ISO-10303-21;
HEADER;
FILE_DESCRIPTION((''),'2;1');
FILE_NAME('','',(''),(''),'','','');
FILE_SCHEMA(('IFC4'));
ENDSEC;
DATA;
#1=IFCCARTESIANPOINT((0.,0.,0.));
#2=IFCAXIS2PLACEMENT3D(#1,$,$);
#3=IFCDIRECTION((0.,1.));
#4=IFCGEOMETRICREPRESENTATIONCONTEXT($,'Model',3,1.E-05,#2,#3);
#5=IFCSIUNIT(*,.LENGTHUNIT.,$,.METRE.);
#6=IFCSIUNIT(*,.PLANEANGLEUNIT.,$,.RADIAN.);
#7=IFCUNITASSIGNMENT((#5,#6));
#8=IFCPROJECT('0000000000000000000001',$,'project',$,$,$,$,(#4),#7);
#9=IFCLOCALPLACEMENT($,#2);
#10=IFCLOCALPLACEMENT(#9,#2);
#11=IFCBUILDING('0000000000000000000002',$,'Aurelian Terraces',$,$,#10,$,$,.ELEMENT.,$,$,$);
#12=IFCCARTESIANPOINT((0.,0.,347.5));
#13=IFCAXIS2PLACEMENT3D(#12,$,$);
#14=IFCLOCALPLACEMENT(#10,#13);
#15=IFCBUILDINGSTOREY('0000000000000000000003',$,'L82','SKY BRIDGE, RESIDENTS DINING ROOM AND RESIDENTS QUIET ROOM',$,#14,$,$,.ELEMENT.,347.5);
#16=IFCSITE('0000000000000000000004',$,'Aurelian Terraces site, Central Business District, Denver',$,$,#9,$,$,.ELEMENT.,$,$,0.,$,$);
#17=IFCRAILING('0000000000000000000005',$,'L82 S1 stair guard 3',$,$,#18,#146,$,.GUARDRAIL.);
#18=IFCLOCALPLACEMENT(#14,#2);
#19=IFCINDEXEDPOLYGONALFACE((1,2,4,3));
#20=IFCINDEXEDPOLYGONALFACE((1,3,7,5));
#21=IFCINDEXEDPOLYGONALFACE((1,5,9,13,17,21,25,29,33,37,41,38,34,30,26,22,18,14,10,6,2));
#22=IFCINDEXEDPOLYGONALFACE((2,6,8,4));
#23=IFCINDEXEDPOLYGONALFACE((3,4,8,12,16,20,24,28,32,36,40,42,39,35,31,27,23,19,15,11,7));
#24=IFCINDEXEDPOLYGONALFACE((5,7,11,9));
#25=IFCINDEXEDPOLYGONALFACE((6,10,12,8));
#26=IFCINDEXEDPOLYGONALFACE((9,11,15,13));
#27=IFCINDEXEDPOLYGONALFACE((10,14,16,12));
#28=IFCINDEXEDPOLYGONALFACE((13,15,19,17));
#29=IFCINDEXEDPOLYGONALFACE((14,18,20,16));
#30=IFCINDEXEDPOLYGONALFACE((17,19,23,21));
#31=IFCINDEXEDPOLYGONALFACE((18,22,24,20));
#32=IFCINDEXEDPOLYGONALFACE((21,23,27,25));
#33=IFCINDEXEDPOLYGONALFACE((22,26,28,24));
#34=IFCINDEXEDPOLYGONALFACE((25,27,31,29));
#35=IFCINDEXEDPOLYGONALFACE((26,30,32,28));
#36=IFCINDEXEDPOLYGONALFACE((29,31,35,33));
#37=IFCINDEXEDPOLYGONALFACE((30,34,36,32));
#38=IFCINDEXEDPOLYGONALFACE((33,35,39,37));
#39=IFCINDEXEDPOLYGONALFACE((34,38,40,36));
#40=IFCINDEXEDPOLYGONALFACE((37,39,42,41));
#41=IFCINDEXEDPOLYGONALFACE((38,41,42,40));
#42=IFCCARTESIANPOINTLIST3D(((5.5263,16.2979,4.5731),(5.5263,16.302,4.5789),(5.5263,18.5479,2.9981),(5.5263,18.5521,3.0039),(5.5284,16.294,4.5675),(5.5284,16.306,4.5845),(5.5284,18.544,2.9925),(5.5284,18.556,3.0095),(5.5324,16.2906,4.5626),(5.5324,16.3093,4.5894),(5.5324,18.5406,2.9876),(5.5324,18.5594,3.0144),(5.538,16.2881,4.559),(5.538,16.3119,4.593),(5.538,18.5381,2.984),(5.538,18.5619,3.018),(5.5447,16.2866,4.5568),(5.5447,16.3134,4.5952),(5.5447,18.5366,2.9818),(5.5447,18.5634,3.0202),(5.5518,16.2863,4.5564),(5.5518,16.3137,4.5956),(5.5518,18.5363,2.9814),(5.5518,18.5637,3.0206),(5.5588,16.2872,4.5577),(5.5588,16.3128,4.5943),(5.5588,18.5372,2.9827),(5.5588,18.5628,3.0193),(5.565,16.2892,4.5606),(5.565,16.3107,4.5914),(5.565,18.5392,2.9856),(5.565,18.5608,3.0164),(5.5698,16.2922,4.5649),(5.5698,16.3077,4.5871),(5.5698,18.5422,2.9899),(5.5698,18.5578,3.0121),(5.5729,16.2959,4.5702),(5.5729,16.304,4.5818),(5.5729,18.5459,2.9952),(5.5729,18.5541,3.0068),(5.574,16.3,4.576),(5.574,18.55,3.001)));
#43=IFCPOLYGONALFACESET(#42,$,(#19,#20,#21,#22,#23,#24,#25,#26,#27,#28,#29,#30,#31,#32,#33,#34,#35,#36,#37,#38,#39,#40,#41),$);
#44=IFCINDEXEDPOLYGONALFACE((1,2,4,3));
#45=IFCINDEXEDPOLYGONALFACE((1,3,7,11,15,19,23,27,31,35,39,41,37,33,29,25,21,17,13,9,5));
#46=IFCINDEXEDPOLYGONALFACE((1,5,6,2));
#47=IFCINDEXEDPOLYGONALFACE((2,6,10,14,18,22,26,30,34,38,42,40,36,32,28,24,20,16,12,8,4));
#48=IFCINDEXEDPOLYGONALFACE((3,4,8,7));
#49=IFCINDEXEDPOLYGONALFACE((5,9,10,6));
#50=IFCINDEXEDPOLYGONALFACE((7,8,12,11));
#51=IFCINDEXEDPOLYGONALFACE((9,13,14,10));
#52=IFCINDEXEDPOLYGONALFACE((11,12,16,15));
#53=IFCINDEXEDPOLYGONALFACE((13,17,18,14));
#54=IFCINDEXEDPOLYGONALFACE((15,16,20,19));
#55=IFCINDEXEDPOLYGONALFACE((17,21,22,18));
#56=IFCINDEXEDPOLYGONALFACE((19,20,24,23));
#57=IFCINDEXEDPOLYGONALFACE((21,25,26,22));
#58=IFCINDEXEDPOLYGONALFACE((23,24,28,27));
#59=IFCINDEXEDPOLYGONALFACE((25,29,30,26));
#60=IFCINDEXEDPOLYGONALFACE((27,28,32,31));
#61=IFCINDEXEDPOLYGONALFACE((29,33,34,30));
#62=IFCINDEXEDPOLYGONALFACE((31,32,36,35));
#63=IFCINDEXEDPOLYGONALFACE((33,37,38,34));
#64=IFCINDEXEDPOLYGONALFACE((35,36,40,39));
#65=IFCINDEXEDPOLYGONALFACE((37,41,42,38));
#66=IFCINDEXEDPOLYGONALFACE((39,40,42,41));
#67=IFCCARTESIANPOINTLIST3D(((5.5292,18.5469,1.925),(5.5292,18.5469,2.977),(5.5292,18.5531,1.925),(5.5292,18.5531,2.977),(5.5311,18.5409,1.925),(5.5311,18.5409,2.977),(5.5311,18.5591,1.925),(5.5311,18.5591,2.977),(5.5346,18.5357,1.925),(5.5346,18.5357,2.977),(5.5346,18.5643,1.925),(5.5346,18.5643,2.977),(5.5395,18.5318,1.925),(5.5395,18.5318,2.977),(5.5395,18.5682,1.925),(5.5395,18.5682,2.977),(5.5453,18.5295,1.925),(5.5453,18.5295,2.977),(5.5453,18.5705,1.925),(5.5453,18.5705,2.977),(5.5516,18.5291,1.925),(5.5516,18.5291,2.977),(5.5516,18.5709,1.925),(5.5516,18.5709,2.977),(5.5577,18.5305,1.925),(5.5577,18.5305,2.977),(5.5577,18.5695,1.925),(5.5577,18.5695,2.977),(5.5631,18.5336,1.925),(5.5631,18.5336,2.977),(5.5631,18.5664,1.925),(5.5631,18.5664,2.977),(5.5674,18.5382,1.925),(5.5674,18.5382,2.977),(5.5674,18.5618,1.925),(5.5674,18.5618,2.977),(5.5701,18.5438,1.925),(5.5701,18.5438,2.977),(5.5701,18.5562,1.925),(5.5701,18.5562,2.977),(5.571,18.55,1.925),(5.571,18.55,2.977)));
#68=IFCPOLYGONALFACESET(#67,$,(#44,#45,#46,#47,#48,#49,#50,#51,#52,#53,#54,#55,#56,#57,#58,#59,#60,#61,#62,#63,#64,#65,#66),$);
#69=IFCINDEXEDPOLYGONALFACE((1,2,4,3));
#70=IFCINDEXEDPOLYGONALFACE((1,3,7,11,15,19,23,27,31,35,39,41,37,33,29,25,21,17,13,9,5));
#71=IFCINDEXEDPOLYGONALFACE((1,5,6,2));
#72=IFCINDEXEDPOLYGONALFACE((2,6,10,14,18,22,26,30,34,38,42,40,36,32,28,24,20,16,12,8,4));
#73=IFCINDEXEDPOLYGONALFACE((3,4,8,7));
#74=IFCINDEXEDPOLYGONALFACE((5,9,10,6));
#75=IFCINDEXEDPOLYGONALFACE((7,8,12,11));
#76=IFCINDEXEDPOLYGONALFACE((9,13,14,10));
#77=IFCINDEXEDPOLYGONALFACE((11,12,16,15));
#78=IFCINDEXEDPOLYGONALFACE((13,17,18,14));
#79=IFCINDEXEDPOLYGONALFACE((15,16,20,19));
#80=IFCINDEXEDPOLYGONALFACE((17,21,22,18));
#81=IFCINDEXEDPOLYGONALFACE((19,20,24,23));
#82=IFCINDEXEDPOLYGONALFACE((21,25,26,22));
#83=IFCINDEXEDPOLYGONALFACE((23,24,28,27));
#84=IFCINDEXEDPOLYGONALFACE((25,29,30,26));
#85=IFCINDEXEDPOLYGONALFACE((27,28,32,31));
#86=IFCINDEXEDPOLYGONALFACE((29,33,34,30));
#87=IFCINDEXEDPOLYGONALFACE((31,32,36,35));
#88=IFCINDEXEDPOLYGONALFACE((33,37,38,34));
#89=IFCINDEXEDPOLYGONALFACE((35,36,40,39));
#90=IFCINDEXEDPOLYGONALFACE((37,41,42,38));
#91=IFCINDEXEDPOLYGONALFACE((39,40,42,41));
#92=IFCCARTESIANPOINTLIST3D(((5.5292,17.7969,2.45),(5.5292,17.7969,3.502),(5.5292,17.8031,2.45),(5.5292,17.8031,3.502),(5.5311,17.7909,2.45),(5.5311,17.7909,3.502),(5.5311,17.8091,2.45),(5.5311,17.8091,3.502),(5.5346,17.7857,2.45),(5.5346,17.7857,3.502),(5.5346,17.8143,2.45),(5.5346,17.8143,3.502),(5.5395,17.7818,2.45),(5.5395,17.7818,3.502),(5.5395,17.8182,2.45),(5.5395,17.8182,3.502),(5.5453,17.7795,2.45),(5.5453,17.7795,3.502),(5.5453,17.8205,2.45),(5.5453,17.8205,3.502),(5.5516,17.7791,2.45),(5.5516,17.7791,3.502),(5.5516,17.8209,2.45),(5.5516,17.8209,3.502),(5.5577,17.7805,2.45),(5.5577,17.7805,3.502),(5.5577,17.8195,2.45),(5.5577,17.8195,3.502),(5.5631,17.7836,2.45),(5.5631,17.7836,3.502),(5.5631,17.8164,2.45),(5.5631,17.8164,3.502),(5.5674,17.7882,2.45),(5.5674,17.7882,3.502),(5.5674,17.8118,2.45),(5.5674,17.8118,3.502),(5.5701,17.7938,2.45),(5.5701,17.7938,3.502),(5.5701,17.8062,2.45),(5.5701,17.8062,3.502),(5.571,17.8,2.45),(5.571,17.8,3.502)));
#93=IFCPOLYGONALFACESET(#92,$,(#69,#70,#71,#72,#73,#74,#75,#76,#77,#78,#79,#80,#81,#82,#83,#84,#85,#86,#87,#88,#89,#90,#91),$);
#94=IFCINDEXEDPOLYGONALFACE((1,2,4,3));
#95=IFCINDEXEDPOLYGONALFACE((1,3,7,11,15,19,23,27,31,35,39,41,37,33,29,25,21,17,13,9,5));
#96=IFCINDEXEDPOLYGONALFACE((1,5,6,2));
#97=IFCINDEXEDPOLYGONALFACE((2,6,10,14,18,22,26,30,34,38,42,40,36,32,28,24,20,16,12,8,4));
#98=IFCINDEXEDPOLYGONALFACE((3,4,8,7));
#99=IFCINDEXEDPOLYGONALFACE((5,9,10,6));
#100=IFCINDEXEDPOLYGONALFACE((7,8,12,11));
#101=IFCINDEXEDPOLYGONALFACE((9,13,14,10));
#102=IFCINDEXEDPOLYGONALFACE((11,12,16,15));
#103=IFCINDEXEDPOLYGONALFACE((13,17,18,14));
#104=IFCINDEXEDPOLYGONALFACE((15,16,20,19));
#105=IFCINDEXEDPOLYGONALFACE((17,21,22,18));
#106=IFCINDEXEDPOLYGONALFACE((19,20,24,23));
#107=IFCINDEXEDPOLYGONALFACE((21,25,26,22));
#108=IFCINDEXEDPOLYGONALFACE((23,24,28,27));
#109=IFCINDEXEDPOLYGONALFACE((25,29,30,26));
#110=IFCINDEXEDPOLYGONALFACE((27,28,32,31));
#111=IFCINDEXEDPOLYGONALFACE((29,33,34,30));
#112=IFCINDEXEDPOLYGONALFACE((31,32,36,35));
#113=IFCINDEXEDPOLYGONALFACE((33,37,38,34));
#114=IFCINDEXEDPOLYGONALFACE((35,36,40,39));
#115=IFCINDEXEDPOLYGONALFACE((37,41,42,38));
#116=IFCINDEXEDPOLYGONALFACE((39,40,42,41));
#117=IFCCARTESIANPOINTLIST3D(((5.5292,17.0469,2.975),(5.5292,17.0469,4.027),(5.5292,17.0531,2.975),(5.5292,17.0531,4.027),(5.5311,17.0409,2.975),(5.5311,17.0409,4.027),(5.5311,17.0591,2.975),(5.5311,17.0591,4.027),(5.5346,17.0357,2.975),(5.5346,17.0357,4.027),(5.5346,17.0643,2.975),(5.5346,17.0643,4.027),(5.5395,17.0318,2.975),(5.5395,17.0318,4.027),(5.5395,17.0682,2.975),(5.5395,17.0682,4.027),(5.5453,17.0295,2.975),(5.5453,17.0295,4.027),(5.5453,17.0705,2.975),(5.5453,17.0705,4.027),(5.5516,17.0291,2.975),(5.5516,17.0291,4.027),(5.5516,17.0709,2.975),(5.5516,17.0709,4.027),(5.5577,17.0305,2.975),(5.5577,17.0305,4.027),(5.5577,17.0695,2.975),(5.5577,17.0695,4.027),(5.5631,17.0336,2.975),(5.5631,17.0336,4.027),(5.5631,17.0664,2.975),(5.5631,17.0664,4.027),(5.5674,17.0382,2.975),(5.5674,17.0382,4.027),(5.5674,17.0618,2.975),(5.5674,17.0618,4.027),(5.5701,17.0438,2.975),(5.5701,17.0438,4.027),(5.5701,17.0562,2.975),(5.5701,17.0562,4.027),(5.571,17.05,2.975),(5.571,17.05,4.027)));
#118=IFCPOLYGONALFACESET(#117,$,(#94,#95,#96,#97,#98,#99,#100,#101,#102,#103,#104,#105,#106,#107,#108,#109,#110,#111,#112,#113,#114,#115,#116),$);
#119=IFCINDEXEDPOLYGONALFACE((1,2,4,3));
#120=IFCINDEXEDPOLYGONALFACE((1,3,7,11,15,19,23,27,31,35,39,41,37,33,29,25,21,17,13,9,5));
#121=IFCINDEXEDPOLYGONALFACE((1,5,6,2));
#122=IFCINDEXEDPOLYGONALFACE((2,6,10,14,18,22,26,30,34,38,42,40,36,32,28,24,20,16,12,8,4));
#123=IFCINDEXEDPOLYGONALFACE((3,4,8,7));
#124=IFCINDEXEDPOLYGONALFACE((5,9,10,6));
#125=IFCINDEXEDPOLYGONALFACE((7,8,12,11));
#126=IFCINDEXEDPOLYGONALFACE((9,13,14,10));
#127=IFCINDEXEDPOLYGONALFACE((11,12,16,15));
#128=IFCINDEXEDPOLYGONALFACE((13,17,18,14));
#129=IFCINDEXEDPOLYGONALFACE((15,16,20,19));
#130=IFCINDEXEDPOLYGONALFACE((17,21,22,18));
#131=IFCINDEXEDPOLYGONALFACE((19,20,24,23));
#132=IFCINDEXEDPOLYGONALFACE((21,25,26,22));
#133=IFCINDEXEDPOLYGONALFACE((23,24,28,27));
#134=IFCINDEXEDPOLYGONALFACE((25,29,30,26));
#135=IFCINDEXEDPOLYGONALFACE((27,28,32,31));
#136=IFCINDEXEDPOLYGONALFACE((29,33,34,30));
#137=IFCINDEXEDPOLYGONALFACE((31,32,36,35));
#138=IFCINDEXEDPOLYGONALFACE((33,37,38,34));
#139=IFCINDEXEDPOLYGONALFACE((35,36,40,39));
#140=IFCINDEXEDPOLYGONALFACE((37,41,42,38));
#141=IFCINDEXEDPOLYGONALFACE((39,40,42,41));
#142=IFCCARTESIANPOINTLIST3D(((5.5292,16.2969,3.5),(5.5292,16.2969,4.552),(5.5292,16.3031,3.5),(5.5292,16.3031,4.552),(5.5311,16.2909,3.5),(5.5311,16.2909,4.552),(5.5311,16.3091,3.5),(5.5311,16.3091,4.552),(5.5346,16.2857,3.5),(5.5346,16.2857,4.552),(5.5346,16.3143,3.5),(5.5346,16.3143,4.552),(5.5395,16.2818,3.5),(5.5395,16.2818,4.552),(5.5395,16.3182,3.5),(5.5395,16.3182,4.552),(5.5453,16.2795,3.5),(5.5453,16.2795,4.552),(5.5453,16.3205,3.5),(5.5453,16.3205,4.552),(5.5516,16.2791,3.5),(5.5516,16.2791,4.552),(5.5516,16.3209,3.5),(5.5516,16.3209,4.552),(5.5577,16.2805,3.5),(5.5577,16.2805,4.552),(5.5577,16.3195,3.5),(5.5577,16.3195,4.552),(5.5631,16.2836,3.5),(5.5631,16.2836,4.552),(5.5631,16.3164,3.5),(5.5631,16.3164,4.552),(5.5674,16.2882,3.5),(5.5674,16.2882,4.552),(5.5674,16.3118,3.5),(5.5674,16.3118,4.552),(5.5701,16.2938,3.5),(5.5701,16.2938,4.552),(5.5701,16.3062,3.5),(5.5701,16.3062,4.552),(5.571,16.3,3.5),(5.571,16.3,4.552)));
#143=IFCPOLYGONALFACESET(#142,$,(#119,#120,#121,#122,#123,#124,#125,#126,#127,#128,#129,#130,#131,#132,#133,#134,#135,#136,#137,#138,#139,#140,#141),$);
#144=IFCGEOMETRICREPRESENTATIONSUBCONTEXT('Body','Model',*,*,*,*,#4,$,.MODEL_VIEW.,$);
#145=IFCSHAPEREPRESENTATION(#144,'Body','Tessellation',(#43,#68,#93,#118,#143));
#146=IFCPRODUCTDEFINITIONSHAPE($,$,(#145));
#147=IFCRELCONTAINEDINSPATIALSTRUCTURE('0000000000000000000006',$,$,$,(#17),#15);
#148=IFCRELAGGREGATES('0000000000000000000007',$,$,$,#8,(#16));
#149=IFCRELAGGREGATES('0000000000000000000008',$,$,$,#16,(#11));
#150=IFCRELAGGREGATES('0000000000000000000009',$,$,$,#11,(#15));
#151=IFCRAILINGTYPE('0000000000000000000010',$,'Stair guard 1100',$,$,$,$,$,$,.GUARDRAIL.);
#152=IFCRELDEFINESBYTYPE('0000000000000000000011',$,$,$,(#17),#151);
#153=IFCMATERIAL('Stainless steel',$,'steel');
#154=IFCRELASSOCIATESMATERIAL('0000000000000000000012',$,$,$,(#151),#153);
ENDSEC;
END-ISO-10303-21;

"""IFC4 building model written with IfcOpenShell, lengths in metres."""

from ifc_helpers import new_model, si_unit, direction, frame, origin, origin_2d, place, context, subcontext, project, spatial, circle, extrude, source, transform, mapped, material, type_object, element, save


model = new_model("IFC4")

# Units and contexts
model_context = context("Model", 3, precision=1e-05, world=origin(), true_north=direction((0.0, 1.0)))
body_context = subcontext(model_context, "Body", "Model", "MODEL_VIEW")
ifc_project = project(units=[si_unit("LENGTHUNIT", "METRE"), si_unit("PLANEANGLEUNIT", "RADIAN")], contexts=[model_context])

# Site, building, storey
site_placement = place(None, origin())
site = spatial("IfcSite", under=ifc_project, at=site_placement, Name="Aurelian Terraces site, Central Business District, Denver", CompositionType="ELEMENT", RefElevation=0.0)
building_placement = place(site_placement, origin())
building = spatial("IfcBuilding", under=site, at=building_placement, Name="Aurelian Terraces", CompositionType="ELEMENT")
storey_placement = place(building_placement, frame((0.0, 0.0, 347.5)))
storey = spatial("IfcBuildingStorey", under=building, at=storey_placement, Name="L82", Description="SKY BRIDGE, RESIDENTS DINING ROOM AND RESIDENTS QUIET ROOM", CompositionType="ELEMENT", Elevation=347.5)

# Railing
ifc_material_1 = material(Name="Stainless steel", Category="steel")
railing_type_1 = type_object("IfcRailingType", Name="Stair guard 1100", PredefinedType="GUARDRAIL", material=ifc_material_1)
shared_shape_1 = source(origin(), body_context, "Body", "SweptSolid", [
    extrude(circle(Radius=0.024, at=origin_2d()), frame((0.0, 0.0, 1.076), z_axis=(0.0, -0.819232, 0.573462), x_axis=(1.0, 0.0, 0.0)), (0.0, 0.0, 1.0), 2.7465),
    extrude(circle(Radius=0.021, at=origin_2d()), origin(), (0.0, 0.0, 1.0), 1.052),
    extrude(circle(Radius=0.021, at=origin_2d()), frame((0.0, -0.75, 0.525)), (0.0, 0.0, 1.0), 1.052),
    extrude(circle(Radius=0.021, at=origin_2d()), frame((0.0, -1.5, 1.05)), (0.0, 0.0, 1.0), 1.052),
    extrude(circle(Radius=0.021, at=origin_2d()), frame((0.0, -2.25, 1.575)), (0.0, 0.0, 1.0), 1.052),
])
railing_1_placement = place(storey_placement, frame((5.55, 18.55, 1.925)))
element("IfcRailing", 1, at=railing_1_placement, inside=storey, type_object=railing_type_1, Name="L82 S1 stair guard 3", PredefinedType="GUARDRAIL", context=body_context, shape_type="MappedRepresentation", body=[
    mapped(shared_shape_1, transform((0.0, 0.0, 0.0), scale=1.0)),
])

save(model, "model.ifc")
